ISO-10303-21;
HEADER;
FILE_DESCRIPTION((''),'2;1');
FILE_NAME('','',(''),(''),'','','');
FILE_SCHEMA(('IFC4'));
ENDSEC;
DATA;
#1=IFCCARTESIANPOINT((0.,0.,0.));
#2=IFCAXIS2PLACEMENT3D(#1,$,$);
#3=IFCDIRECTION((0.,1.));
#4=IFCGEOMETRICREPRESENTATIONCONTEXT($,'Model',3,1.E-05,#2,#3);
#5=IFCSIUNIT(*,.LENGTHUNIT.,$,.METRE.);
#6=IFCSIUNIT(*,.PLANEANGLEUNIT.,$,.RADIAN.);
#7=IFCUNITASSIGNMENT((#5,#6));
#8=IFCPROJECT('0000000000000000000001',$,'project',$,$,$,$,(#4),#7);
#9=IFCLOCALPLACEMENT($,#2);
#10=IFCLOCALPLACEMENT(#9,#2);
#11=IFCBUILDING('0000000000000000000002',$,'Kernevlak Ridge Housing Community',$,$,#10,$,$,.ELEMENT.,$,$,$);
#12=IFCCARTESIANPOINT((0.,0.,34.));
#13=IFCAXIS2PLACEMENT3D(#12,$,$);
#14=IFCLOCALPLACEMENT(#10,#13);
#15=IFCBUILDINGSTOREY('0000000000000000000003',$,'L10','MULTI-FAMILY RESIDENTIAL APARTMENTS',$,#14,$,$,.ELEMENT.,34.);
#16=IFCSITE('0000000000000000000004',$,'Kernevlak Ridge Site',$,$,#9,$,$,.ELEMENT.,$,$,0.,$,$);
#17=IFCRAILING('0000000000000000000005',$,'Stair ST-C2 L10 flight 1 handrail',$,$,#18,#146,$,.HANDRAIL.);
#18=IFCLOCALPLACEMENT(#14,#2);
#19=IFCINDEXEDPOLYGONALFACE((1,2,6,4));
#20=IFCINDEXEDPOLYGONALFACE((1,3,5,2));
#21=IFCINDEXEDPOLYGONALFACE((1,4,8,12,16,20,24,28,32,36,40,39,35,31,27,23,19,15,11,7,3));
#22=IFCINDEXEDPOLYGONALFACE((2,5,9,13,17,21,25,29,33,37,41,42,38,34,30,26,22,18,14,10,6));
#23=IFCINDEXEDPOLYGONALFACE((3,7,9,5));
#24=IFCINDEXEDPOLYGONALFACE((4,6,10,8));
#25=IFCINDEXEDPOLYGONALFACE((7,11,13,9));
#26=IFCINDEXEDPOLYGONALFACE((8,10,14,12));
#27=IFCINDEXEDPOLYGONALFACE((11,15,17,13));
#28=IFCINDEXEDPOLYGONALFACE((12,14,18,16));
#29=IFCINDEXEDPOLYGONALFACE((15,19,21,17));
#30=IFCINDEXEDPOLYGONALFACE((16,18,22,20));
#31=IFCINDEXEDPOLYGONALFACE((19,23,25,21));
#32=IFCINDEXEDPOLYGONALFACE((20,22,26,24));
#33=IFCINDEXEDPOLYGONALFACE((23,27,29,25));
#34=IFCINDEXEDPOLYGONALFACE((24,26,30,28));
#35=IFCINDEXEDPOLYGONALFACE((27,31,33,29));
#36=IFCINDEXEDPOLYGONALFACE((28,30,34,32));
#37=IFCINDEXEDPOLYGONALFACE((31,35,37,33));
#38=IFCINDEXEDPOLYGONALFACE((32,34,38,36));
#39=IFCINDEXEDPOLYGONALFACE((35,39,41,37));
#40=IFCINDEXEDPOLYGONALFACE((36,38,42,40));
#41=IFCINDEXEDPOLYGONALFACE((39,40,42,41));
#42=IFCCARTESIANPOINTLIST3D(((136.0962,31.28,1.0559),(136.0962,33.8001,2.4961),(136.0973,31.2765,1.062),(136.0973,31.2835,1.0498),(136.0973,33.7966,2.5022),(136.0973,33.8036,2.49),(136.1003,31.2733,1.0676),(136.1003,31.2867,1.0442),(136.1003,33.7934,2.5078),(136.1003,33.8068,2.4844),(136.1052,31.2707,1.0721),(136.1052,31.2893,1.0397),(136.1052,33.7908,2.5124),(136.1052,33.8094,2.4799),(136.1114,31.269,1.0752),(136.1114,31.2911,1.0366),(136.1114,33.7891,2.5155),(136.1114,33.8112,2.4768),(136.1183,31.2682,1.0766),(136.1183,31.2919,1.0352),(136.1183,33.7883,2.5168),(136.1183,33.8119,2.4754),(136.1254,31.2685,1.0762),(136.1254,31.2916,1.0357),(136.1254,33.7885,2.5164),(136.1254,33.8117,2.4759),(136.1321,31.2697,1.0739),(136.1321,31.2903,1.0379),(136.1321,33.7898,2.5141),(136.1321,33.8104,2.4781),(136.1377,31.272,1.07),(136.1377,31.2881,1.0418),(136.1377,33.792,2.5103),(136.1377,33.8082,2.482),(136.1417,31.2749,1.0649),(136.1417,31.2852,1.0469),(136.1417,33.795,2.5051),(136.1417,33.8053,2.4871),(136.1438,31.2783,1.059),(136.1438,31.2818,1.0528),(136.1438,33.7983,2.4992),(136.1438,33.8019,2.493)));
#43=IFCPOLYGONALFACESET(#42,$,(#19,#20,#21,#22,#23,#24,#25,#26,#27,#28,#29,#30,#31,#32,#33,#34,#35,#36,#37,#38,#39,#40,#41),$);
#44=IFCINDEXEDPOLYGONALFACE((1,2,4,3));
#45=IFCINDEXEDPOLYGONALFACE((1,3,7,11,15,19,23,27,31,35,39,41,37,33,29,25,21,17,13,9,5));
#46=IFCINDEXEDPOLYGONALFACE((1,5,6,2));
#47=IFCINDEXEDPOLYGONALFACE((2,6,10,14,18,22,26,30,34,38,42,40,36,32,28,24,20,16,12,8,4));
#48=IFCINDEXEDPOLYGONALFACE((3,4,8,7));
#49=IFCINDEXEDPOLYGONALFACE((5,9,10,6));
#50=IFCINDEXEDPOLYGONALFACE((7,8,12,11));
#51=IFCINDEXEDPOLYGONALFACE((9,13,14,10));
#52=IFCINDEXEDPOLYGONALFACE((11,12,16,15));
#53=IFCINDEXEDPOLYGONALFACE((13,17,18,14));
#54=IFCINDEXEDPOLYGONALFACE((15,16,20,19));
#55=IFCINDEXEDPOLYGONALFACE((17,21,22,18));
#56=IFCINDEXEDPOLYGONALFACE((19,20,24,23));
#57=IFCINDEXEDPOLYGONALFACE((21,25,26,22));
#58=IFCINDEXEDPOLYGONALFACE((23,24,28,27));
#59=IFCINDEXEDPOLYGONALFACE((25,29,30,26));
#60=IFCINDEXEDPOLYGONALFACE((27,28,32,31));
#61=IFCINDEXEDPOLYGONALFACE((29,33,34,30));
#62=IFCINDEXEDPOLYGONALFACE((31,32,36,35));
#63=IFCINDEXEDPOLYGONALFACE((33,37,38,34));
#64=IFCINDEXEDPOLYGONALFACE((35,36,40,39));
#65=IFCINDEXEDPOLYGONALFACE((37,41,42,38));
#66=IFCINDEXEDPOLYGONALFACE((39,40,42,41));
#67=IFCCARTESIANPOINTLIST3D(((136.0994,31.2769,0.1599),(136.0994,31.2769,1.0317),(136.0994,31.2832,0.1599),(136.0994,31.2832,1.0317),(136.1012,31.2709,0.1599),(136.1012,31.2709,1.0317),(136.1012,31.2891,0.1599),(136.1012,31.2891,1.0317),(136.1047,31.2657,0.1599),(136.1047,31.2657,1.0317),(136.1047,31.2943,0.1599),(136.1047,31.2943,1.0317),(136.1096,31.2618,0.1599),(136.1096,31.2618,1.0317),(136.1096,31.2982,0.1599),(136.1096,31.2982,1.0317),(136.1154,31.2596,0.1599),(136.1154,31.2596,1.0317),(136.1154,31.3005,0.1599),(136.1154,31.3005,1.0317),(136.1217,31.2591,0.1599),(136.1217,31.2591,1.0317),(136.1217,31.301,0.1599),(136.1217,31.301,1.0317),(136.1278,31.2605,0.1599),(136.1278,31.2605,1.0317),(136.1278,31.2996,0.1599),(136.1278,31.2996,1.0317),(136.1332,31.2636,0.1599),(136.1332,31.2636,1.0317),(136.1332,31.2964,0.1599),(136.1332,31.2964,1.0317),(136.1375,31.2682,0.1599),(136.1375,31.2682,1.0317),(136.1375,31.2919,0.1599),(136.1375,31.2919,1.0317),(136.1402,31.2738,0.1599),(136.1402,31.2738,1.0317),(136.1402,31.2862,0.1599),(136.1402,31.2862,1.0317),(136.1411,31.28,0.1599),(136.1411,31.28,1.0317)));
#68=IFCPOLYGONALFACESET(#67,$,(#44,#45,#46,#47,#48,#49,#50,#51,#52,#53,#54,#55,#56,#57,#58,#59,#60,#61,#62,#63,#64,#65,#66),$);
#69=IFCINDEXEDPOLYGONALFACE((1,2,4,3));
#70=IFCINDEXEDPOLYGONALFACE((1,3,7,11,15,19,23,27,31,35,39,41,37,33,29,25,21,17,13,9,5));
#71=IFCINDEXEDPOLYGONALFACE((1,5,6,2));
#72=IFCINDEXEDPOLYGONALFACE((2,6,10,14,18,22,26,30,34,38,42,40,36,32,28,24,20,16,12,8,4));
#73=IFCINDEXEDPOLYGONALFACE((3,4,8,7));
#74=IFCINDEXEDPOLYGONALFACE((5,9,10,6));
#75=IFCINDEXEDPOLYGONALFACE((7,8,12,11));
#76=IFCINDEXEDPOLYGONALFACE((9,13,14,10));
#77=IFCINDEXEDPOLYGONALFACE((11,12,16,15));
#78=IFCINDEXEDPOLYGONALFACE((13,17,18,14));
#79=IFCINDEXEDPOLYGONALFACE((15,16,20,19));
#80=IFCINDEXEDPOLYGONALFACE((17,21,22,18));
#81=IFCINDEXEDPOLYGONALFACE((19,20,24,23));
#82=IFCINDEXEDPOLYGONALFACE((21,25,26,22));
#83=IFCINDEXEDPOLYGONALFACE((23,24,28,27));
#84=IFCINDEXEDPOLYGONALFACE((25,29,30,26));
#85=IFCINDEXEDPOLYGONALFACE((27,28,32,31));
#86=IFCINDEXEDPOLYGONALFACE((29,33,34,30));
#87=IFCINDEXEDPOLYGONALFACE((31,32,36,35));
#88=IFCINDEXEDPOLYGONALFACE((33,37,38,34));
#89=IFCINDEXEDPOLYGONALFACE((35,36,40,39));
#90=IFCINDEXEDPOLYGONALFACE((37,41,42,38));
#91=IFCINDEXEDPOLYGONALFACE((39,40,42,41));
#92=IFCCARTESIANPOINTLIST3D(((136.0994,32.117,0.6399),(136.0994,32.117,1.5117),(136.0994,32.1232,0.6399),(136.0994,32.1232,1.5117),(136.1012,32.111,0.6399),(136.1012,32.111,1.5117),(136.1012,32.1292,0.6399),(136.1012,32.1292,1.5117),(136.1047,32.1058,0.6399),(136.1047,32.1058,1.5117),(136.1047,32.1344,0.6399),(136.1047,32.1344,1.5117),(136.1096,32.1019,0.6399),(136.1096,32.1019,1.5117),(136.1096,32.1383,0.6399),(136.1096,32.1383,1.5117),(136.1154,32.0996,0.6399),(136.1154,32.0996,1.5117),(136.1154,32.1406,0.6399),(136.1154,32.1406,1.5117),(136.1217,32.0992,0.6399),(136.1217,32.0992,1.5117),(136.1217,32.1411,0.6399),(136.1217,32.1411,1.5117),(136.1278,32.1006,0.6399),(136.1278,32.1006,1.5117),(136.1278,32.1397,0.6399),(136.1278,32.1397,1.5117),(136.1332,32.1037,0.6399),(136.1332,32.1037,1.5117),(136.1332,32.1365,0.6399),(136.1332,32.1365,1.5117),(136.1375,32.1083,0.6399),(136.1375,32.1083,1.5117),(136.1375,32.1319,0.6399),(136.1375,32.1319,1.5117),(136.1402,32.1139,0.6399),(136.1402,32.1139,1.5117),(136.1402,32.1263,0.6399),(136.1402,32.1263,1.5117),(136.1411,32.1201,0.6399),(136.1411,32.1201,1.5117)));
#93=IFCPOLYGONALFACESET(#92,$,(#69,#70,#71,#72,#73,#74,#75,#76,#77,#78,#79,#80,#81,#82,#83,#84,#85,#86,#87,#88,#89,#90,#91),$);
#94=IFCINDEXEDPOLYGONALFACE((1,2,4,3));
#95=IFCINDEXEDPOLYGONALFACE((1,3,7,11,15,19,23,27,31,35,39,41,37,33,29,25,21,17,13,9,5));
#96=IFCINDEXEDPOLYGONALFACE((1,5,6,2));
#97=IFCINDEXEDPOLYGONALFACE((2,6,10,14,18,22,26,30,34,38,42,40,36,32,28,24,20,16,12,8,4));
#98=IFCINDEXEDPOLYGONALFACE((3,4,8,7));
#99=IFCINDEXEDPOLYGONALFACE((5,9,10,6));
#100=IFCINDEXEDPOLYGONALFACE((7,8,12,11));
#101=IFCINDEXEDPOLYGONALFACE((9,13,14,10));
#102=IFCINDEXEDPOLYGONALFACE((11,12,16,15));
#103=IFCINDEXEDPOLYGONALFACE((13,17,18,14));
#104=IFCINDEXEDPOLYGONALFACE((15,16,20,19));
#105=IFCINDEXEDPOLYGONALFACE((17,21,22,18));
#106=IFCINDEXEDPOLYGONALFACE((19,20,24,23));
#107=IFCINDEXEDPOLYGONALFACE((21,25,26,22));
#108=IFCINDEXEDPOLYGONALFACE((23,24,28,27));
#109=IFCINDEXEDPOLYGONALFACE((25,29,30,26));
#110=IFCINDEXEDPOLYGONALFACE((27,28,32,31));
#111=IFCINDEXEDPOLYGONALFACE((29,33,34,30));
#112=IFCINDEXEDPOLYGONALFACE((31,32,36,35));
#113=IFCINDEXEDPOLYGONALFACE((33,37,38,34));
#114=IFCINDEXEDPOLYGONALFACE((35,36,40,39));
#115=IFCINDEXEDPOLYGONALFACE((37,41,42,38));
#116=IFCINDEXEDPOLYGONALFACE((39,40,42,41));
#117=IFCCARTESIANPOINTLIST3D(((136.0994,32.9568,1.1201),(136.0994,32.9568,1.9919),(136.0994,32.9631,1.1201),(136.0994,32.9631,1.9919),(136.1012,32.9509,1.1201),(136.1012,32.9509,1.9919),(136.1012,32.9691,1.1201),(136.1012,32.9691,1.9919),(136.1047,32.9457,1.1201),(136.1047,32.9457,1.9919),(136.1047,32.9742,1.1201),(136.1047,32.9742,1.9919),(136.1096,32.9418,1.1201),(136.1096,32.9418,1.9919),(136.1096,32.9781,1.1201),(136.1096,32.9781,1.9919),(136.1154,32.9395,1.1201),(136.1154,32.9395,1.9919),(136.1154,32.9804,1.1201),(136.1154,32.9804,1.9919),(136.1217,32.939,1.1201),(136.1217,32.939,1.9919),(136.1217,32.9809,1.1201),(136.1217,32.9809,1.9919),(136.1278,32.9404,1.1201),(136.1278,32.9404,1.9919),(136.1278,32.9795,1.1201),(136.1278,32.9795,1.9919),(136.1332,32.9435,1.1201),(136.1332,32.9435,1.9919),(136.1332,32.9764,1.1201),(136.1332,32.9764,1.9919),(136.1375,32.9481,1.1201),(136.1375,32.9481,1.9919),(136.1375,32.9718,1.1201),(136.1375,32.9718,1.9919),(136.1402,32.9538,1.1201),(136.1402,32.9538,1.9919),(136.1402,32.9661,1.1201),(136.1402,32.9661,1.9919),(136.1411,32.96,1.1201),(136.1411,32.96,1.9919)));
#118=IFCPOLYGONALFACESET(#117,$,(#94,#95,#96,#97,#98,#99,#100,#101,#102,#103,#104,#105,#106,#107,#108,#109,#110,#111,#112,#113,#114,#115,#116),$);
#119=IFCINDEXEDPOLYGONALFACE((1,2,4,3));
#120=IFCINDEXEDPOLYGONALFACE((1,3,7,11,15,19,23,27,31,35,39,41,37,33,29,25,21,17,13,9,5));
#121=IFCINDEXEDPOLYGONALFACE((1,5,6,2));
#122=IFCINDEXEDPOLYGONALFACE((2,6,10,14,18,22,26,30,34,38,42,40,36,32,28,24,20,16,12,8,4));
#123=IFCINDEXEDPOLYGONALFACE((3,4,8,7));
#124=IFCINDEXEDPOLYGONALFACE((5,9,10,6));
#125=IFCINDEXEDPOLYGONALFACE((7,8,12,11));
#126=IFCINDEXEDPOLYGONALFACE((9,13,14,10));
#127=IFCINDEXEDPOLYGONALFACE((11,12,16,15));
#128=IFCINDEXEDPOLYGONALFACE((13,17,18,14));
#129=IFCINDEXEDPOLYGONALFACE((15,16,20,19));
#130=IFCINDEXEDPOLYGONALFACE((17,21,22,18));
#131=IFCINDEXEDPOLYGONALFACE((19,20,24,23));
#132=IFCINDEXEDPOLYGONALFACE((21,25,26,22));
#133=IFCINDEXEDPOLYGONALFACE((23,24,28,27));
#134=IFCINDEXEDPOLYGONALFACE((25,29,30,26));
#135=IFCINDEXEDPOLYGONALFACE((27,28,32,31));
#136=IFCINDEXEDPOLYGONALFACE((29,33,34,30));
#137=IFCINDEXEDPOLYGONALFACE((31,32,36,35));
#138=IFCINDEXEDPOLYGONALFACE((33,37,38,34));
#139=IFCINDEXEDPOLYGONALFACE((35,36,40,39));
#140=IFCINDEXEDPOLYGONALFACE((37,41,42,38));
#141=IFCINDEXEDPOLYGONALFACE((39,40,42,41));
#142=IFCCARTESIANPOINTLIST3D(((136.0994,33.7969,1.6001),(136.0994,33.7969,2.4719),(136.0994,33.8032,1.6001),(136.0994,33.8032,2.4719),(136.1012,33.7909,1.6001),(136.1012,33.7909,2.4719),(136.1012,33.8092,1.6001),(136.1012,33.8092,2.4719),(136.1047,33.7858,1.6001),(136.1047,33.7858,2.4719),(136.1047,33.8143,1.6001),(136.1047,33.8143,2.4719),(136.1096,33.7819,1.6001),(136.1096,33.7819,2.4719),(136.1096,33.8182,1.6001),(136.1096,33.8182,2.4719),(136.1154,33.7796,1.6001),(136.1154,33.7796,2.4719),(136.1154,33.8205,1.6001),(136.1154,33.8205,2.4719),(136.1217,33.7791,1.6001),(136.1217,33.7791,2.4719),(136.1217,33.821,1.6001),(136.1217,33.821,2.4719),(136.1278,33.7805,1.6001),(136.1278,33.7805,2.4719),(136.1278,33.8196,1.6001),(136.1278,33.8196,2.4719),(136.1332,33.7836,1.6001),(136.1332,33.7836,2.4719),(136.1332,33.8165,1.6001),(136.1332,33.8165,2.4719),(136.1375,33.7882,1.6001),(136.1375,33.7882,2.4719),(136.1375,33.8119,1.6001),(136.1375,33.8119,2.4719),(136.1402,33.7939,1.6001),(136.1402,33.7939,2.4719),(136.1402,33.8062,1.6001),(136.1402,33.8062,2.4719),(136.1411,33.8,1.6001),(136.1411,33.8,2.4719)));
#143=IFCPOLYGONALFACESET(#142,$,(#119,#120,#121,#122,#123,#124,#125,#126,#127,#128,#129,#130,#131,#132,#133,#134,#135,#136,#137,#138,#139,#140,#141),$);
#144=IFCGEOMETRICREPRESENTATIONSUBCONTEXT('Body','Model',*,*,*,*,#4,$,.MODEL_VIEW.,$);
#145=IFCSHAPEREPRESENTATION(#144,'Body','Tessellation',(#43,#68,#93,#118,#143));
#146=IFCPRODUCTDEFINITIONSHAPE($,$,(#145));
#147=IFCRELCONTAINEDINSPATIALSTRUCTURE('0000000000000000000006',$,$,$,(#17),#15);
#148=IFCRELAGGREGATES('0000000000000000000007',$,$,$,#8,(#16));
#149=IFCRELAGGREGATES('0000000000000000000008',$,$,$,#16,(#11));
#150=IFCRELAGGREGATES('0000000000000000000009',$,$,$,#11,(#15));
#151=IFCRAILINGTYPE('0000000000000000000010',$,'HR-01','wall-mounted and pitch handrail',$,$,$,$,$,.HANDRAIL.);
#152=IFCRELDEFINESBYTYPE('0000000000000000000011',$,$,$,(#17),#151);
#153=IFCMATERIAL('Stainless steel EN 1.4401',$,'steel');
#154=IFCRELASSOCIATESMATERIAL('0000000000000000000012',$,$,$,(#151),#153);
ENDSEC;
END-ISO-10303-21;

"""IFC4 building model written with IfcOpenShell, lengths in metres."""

from ifc_helpers import new_model, si_unit, direction, frame, origin, origin_2d, place, context, subcontext, project, spatial, circle, extrude, material, type_object, element, save


model = new_model("IFC4")

# Units and contexts
model_context = context("Model", 3, precision=1e-05, world=origin(), true_north=direction((0.0, 1.0)))
body_context = subcontext(model_context, "Body", "Model", "MODEL_VIEW")
ifc_project = project(units=[si_unit("LENGTHUNIT", "METRE"), si_unit("PLANEANGLEUNIT", "RADIAN")], contexts=[model_context])

# Site, building, storey
site_placement = place(None, origin())
site = spatial("IfcSite", under=ifc_project, at=site_placement, Name="Kernevlak Ridge Site", CompositionType="ELEMENT", RefElevation=0.0)
building_placement = place(site_placement, origin())
building = spatial("IfcBuilding", under=site, at=building_placement, Name="Kernevlak Ridge Housing Community", CompositionType="ELEMENT")
storey_placement = place(building_placement, frame((0.0, 0.0, 34.0)))
storey = spatial("IfcBuildingStorey", under=building, at=storey_placement, Name="L10", Description="MULTI-FAMILY RESIDENTIAL APARTMENTS", CompositionType="ELEMENT", Elevation=34.0)

# Railing
ifc_material_1 = material(Name="Stainless steel EN 1.4401", Category="steel")
railing_type_1 = type_object("IfcRailingType", Name="HR-01", Description="wall-mounted and pitch handrail", PredefinedType="HANDRAIL", material=ifc_material_1)
railing_1_placement = place(storey_placement, frame((136.1201, 31.28, 0.1599)))
element("IfcRailing", 1, at=railing_1_placement, inside=storey, type_object=railing_type_1, Name="Stair ST-C2 L10 flight 1 handrail", PredefinedType="HANDRAIL", context=body_context, shape_type="SweptSolid", body=[
    extrude(circle(Radius=0.0239, at=origin_2d()), frame((0.0, 0.0, 0.896), z_axis=(0.0, 0.868217, 0.496184), x_axis=(-1.0, 0.0, 0.0)), (0.0, 0.0, 1.0), 2.9026),
    extrude(circle(Radius=0.021, at=origin_2d()), origin(), (0.0, 0.0, 1.0), 0.8718),
    extrude(circle(Radius=0.021, at=origin_2d()), frame((0.0, 0.8401, 0.48)), (0.0, 0.0, 1.0), 0.8718),
    extrude(circle(Radius=0.021, at=origin_2d()), frame((0.0, 1.6799, 0.9602)), (0.0, 0.0, 1.0), 0.8718),
    extrude(circle(Radius=0.021, at=origin_2d()), frame((0.0, 2.52, 1.4402)), (0.0, 0.0, 1.0), 0.8718),
])

save(model, "model.ifc")
